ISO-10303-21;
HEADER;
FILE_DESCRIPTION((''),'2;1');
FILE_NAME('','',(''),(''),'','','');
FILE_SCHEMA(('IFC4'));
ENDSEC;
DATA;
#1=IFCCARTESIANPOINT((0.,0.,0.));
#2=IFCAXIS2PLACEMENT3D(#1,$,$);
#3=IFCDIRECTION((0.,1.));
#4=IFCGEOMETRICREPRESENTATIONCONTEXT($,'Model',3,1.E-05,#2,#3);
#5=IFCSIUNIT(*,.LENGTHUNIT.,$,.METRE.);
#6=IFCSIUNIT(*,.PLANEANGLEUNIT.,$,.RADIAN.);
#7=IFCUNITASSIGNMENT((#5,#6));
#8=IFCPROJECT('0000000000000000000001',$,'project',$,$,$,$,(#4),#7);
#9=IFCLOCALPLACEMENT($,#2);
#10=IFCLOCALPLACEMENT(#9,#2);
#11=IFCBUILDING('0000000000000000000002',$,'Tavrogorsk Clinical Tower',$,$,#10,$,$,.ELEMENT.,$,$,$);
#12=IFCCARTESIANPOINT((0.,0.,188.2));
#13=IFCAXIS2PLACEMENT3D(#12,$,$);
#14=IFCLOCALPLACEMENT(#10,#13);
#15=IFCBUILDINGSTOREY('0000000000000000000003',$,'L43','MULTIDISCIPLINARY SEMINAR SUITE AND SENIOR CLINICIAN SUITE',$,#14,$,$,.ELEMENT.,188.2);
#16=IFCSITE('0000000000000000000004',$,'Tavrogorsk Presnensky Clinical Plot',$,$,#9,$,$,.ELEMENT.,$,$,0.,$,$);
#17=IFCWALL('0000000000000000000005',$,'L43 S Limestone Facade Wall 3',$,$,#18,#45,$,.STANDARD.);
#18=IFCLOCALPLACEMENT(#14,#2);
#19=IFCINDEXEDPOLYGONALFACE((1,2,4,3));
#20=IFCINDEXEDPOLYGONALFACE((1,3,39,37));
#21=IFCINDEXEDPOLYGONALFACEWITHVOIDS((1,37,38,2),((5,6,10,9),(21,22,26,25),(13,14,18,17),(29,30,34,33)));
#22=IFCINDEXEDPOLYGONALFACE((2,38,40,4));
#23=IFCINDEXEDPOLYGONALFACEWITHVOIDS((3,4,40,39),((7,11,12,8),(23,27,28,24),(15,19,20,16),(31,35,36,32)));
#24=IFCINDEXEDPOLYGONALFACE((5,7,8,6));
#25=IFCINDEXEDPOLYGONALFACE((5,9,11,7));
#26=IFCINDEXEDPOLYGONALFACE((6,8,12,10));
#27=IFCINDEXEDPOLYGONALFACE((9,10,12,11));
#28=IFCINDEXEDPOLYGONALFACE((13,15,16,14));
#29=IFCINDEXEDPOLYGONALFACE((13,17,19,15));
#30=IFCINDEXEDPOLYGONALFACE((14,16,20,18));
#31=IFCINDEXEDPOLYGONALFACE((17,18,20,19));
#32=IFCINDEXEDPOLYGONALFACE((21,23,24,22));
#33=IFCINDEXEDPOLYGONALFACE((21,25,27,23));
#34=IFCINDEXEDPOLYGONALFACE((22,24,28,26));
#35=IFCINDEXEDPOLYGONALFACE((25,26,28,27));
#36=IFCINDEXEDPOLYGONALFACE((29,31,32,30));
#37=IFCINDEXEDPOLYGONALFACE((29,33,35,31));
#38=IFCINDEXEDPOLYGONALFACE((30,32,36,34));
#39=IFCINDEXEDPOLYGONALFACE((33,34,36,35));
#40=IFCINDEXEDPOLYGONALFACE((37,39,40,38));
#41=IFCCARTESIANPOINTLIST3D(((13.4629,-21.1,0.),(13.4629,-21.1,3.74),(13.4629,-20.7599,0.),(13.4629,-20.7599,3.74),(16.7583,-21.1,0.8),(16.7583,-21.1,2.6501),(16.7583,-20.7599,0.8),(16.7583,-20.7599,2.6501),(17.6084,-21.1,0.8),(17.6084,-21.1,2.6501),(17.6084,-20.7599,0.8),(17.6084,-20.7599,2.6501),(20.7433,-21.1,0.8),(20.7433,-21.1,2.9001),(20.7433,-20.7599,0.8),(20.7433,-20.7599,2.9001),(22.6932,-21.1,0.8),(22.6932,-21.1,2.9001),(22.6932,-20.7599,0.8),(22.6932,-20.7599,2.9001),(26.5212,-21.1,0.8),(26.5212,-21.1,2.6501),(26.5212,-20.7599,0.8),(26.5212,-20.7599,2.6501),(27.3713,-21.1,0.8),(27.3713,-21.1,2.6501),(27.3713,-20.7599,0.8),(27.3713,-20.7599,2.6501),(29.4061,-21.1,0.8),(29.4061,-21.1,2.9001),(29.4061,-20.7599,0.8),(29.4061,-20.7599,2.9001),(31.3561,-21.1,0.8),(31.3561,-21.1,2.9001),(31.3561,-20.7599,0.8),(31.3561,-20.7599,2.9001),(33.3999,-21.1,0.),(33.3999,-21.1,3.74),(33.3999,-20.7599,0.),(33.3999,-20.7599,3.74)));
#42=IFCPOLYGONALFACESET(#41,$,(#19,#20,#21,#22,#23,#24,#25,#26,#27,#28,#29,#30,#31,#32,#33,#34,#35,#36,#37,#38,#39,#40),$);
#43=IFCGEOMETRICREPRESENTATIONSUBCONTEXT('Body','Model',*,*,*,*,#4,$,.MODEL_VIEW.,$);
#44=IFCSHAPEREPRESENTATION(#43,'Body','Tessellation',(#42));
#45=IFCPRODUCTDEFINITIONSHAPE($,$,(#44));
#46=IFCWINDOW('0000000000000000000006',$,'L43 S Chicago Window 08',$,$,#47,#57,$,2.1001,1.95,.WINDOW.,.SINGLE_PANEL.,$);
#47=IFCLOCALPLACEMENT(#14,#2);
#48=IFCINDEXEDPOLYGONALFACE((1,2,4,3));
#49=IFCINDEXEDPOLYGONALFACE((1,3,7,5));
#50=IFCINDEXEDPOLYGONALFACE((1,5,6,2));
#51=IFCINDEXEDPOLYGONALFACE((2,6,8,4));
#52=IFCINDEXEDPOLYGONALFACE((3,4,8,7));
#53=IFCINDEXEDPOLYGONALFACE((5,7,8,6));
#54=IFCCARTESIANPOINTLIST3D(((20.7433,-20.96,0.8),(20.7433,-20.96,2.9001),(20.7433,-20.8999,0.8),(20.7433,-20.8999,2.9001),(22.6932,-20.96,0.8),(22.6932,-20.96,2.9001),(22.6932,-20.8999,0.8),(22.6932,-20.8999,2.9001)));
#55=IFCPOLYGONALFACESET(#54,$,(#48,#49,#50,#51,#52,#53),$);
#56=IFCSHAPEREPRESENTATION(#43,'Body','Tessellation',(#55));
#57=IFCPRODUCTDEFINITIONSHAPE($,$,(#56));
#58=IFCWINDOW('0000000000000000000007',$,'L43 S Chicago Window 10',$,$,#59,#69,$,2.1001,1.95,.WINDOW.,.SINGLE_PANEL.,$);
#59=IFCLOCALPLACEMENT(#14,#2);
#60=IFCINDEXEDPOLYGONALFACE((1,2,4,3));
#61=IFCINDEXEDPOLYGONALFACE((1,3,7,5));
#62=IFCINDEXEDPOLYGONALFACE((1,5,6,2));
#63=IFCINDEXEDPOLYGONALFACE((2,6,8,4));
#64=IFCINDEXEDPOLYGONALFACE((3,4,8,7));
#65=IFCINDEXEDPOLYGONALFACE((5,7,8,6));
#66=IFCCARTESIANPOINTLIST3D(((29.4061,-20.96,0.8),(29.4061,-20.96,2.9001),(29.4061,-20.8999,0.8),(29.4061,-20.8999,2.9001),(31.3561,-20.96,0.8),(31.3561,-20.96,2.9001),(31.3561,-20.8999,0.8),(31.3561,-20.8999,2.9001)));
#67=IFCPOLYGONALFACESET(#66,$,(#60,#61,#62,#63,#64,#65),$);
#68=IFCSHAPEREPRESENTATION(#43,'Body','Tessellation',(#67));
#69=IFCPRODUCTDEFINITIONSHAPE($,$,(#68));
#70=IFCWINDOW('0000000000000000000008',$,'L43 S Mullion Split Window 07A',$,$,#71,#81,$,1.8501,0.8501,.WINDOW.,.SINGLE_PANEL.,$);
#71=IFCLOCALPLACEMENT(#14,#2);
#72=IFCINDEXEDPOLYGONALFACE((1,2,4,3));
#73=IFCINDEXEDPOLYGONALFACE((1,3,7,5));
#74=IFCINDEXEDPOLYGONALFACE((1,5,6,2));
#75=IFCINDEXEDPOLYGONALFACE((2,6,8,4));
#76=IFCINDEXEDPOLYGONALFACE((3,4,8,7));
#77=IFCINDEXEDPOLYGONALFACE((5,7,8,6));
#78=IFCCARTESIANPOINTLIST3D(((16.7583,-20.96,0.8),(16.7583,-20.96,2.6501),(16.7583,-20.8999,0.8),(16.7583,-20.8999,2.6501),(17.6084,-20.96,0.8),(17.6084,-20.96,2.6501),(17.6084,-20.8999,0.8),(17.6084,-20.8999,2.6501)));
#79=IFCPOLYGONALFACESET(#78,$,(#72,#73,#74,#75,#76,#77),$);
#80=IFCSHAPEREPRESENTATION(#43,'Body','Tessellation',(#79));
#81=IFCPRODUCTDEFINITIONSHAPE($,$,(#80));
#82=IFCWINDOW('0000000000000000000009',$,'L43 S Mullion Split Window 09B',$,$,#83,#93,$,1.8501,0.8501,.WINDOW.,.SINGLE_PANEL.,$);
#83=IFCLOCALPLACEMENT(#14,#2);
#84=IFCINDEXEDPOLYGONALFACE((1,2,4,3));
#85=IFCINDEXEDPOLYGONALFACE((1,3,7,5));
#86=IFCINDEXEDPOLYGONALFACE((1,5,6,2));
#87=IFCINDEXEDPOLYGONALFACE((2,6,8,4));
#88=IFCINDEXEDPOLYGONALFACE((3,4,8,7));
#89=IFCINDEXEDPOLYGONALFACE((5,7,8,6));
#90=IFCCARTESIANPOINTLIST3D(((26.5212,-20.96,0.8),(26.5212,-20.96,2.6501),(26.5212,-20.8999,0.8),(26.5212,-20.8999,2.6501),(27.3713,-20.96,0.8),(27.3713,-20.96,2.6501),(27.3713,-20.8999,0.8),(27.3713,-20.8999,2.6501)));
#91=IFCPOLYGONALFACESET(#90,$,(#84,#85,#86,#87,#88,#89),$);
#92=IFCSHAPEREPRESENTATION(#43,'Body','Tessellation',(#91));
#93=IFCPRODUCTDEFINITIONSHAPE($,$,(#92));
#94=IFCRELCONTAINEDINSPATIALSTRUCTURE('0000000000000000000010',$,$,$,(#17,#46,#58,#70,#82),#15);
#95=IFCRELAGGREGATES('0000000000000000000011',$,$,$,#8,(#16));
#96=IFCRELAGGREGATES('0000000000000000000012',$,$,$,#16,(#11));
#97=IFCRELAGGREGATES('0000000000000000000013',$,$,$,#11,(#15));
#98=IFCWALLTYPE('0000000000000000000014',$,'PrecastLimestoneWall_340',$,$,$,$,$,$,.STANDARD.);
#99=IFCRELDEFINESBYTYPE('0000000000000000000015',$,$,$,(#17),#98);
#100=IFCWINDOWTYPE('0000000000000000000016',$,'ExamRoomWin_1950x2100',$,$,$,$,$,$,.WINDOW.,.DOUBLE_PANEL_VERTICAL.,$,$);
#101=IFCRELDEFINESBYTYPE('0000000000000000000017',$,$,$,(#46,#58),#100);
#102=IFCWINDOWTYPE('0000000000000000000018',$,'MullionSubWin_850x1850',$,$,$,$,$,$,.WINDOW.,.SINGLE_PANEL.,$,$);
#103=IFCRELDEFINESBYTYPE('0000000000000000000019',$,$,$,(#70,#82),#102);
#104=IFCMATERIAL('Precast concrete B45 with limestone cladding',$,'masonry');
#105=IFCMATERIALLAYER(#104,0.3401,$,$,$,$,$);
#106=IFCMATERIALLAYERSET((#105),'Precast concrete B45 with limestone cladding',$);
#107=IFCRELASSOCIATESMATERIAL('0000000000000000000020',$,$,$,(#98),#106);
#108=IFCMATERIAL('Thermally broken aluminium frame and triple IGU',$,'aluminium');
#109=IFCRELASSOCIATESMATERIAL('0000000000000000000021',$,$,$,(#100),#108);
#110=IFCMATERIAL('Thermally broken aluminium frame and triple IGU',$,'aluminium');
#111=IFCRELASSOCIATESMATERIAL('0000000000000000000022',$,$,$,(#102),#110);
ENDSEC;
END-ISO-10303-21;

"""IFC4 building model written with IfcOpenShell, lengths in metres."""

from ifc_helpers import new_model, si_unit, direction, frame, frame_2d, origin, place, context, subcontext, project, spatial, rectangle, extrude, material, layer, layer_set, type_object, element, fill, save


model = new_model("IFC4")

# Units and contexts
model_context = context("Model", 3, precision=1e-05, world=origin(), true_north=direction((0.0, 1.0)))
body_context = subcontext(model_context, "Body", "Model", "MODEL_VIEW")
ifc_project = project(units=[si_unit("LENGTHUNIT", "METRE"), si_unit("PLANEANGLEUNIT", "RADIAN")], contexts=[model_context])

# Site, building, storey
site_placement = place(None, origin())
site = spatial("IfcSite", under=ifc_project, at=site_placement, Name="Tavrogorsk Presnensky Clinical Plot", CompositionType="ELEMENT", RefElevation=0.0)
building_placement = place(site_placement, origin())
building = spatial("IfcBuilding", under=site, at=building_placement, Name="Tavrogorsk Clinical Tower", CompositionType="ELEMENT")
storey_placement = place(building_placement, frame((0.0, 0.0, 188.2)))
storey = spatial("IfcBuildingStorey", under=building, at=storey_placement, Name="L43", Description="MULTIDISCIPLINARY SEMINAR SUITE AND SENIOR CLINICIAN SUITE", CompositionType="ELEMENT", Elevation=188.2)

# Wall, openings, windows
ifc_material_1 = material(Name="Precast concrete B45 with limestone cladding", Category="masonry")
ifc_layer_1 = layer(ifc_material_1, 0.3401)
ifc_layer_set_1 = layer_set([ifc_layer_1], Name="Precast concrete B45 with limestone cladding")
wall_type_1 = type_object("IfcWallType", Name="PrecastLimestoneWall_340", PredefinedType="STANDARD", material=ifc_layer_set_1)
wall_1_placement = place(storey_placement, frame((13.4629, -20.9299, 0.0), z_axis=(0.0, 0.0, 1.0), x_axis=(1.0, 0.0, 0.0)))
wall_1 = element("IfcWall", 1, at=wall_1_placement, inside=storey, type_object=wall_type_1, Name="L43 S Limestone Facade Wall 3", PredefinedType="STANDARD", context=body_context, shape_type="SweptSolid", body=[
    extrude(rectangle(XDim=19.937, YDim=0.3401, at=frame_2d((9.9685, 0.0))), origin(), (0.0, 0.0, 1.0), 3.74),
])
opening_1_placement = place(wall_1_placement, frame((3.2954, 0.0, 0.8)))
opening_1 = element("IfcOpeningElement", 2, at=opening_1_placement, cuts=wall_1, PredefinedType="OPENING", context=body_context, shape_type="SweptSolid", body=[
    extrude(rectangle(XDim=0.8501, YDim=1.8501, at=frame_2d((0.425, 0.925))), frame((0.0, 0.1799, 0.0), z_axis=(0.0, -1.0, 0.0), x_axis=(1.0, 0.0, 0.0)), (0.0, 0.0, 1.0), 0.3601),
])
opening_2_placement = place(wall_1_placement, frame((7.2803, 0.0, 0.8)))
opening_2 = element("IfcOpeningElement", 3, at=opening_2_placement, cuts=wall_1, PredefinedType="OPENING", context=body_context, shape_type="SweptSolid", body=[
    extrude(rectangle(XDim=1.95, YDim=2.1001, at=frame_2d((0.9751, 1.05))), frame((0.0, 0.1799, 0.0), z_axis=(0.0, -1.0, 0.0), x_axis=(1.0, 0.0, 0.0)), (0.0, 0.0, 1.0), 0.3601),
])
opening_3_placement = place(wall_1_placement, frame((13.0583, 0.0, 0.8)))
opening_3 = element("IfcOpeningElement", 4, at=opening_3_placement, cuts=wall_1, PredefinedType="OPENING", context=body_context, shape_type="SweptSolid", body=[
    extrude(rectangle(XDim=0.8501, YDim=1.8501, at=frame_2d((0.425, 0.925))), frame((0.0, 0.1799, 0.0), z_axis=(0.0, -1.0, 0.0), x_axis=(1.0, 0.0, 0.0)), (0.0, 0.0, 1.0), 0.3601),
])
opening_4_placement = place(wall_1_placement, frame((15.9431, 0.0, 0.8)))
opening_4 = element("IfcOpeningElement", 5, at=opening_4_placement, cuts=wall_1, PredefinedType="OPENING", context=body_context, shape_type="SweptSolid", body=[
    extrude(rectangle(XDim=1.95, YDim=2.1001, at=frame_2d((0.9751, 1.05))), frame((0.0, 0.1799, 0.0), z_axis=(0.0, -1.0, 0.0), x_axis=(1.0, 0.0, 0.0)), (0.0, 0.0, 1.0), 0.3601),
])
ifc_material_2 = material(Name="Thermally broken aluminium frame and triple IGU", Category="aluminium")
window_type_1 = type_object("IfcWindowType", Name="ExamRoomWin_1950x2100", PartitioningType="DOUBLE_PANEL_VERTICAL", PredefinedType="WINDOW", material=ifc_material_2)
window_1_placement = place(opening_2_placement, origin())
window_1 = element("IfcWindow", 6, at=window_1_placement, inside=storey, type_object=window_type_1, Name="L43 S Chicago Window 08", OverallHeight=2.1001, OverallWidth=1.95, PartitioningType="SINGLE_PANEL", PredefinedType="WINDOW", context=body_context, shape_type="SweptSolid", body=[
    extrude(rectangle(XDim=1.95, YDim=2.1001, at=frame_2d((0.9751, 1.05))), frame((0.0, 0.03, 0.0), z_axis=(0.0, -1.0, 0.0), x_axis=(1.0, 0.0, 0.0)), (0.0, 0.0, 1.0), 0.0601),
])
fill(opening_2, window_1)
window_2_placement = place(opening_4_placement, origin())
window_2 = element("IfcWindow", 7, at=window_2_placement, inside=storey, type_object=window_type_1, Name="L43 S Chicago Window 10", OverallHeight=2.1001, OverallWidth=1.95, PartitioningType="SINGLE_PANEL", PredefinedType="WINDOW", context=body_context, shape_type="SweptSolid", body=[
    extrude(rectangle(XDim=1.95, YDim=2.1001, at=frame_2d((0.9751, 1.05))), frame((0.0, 0.03, 0.0), z_axis=(0.0, -1.0, 0.0), x_axis=(1.0, 0.0, 0.0)), (0.0, 0.0, 1.0), 0.0601),
])
fill(opening_4, window_2)
ifc_material_3 = material(Name="Thermally broken aluminium frame and triple IGU", Category="aluminium")
window_type_2 = type_object("IfcWindowType", Name="MullionSubWin_850x1850", PartitioningType="SINGLE_PANEL", PredefinedType="WINDOW", material=ifc_material_3)
window_3_placement = place(opening_1_placement, origin())
window_3 = element("IfcWindow", 8, at=window_3_placement, inside=storey, type_object=window_type_2, Name="L43 S Mullion Split Window 07A", OverallHeight=1.8501, OverallWidth=0.8501, PartitioningType="SINGLE_PANEL", PredefinedType="WINDOW", context=body_context, shape_type="SweptSolid", body=[
    extrude(rectangle(XDim=0.8501, YDim=1.8501, at=frame_2d((0.425, 0.925))), frame((0.0, 0.03, 0.0), z_axis=(0.0, -1.0, 0.0), x_axis=(1.0, 0.0, 0.0)), (0.0, 0.0, 1.0), 0.0601),
])
fill(opening_1, window_3)
window_4_placement = place(opening_3_placement, origin())
window_4 = element("IfcWindow", 9, at=window_4_placement, inside=storey, type_object=window_type_2, Name="L43 S Mullion Split Window 09B", OverallHeight=1.8501, OverallWidth=0.8501, PartitioningType="SINGLE_PANEL", PredefinedType="WINDOW", context=body_context, shape_type="SweptSolid", body=[
    extrude(rectangle(XDim=0.8501, YDim=1.8501, at=frame_2d((0.425, 0.925))), frame((0.0, 0.03, 0.0), z_axis=(0.0, -1.0, 0.0), x_axis=(1.0, 0.0, 0.0)), (0.0, 0.0, 1.0), 0.0601),
])
fill(opening_3, window_4)

save(model, "model.ifc")
